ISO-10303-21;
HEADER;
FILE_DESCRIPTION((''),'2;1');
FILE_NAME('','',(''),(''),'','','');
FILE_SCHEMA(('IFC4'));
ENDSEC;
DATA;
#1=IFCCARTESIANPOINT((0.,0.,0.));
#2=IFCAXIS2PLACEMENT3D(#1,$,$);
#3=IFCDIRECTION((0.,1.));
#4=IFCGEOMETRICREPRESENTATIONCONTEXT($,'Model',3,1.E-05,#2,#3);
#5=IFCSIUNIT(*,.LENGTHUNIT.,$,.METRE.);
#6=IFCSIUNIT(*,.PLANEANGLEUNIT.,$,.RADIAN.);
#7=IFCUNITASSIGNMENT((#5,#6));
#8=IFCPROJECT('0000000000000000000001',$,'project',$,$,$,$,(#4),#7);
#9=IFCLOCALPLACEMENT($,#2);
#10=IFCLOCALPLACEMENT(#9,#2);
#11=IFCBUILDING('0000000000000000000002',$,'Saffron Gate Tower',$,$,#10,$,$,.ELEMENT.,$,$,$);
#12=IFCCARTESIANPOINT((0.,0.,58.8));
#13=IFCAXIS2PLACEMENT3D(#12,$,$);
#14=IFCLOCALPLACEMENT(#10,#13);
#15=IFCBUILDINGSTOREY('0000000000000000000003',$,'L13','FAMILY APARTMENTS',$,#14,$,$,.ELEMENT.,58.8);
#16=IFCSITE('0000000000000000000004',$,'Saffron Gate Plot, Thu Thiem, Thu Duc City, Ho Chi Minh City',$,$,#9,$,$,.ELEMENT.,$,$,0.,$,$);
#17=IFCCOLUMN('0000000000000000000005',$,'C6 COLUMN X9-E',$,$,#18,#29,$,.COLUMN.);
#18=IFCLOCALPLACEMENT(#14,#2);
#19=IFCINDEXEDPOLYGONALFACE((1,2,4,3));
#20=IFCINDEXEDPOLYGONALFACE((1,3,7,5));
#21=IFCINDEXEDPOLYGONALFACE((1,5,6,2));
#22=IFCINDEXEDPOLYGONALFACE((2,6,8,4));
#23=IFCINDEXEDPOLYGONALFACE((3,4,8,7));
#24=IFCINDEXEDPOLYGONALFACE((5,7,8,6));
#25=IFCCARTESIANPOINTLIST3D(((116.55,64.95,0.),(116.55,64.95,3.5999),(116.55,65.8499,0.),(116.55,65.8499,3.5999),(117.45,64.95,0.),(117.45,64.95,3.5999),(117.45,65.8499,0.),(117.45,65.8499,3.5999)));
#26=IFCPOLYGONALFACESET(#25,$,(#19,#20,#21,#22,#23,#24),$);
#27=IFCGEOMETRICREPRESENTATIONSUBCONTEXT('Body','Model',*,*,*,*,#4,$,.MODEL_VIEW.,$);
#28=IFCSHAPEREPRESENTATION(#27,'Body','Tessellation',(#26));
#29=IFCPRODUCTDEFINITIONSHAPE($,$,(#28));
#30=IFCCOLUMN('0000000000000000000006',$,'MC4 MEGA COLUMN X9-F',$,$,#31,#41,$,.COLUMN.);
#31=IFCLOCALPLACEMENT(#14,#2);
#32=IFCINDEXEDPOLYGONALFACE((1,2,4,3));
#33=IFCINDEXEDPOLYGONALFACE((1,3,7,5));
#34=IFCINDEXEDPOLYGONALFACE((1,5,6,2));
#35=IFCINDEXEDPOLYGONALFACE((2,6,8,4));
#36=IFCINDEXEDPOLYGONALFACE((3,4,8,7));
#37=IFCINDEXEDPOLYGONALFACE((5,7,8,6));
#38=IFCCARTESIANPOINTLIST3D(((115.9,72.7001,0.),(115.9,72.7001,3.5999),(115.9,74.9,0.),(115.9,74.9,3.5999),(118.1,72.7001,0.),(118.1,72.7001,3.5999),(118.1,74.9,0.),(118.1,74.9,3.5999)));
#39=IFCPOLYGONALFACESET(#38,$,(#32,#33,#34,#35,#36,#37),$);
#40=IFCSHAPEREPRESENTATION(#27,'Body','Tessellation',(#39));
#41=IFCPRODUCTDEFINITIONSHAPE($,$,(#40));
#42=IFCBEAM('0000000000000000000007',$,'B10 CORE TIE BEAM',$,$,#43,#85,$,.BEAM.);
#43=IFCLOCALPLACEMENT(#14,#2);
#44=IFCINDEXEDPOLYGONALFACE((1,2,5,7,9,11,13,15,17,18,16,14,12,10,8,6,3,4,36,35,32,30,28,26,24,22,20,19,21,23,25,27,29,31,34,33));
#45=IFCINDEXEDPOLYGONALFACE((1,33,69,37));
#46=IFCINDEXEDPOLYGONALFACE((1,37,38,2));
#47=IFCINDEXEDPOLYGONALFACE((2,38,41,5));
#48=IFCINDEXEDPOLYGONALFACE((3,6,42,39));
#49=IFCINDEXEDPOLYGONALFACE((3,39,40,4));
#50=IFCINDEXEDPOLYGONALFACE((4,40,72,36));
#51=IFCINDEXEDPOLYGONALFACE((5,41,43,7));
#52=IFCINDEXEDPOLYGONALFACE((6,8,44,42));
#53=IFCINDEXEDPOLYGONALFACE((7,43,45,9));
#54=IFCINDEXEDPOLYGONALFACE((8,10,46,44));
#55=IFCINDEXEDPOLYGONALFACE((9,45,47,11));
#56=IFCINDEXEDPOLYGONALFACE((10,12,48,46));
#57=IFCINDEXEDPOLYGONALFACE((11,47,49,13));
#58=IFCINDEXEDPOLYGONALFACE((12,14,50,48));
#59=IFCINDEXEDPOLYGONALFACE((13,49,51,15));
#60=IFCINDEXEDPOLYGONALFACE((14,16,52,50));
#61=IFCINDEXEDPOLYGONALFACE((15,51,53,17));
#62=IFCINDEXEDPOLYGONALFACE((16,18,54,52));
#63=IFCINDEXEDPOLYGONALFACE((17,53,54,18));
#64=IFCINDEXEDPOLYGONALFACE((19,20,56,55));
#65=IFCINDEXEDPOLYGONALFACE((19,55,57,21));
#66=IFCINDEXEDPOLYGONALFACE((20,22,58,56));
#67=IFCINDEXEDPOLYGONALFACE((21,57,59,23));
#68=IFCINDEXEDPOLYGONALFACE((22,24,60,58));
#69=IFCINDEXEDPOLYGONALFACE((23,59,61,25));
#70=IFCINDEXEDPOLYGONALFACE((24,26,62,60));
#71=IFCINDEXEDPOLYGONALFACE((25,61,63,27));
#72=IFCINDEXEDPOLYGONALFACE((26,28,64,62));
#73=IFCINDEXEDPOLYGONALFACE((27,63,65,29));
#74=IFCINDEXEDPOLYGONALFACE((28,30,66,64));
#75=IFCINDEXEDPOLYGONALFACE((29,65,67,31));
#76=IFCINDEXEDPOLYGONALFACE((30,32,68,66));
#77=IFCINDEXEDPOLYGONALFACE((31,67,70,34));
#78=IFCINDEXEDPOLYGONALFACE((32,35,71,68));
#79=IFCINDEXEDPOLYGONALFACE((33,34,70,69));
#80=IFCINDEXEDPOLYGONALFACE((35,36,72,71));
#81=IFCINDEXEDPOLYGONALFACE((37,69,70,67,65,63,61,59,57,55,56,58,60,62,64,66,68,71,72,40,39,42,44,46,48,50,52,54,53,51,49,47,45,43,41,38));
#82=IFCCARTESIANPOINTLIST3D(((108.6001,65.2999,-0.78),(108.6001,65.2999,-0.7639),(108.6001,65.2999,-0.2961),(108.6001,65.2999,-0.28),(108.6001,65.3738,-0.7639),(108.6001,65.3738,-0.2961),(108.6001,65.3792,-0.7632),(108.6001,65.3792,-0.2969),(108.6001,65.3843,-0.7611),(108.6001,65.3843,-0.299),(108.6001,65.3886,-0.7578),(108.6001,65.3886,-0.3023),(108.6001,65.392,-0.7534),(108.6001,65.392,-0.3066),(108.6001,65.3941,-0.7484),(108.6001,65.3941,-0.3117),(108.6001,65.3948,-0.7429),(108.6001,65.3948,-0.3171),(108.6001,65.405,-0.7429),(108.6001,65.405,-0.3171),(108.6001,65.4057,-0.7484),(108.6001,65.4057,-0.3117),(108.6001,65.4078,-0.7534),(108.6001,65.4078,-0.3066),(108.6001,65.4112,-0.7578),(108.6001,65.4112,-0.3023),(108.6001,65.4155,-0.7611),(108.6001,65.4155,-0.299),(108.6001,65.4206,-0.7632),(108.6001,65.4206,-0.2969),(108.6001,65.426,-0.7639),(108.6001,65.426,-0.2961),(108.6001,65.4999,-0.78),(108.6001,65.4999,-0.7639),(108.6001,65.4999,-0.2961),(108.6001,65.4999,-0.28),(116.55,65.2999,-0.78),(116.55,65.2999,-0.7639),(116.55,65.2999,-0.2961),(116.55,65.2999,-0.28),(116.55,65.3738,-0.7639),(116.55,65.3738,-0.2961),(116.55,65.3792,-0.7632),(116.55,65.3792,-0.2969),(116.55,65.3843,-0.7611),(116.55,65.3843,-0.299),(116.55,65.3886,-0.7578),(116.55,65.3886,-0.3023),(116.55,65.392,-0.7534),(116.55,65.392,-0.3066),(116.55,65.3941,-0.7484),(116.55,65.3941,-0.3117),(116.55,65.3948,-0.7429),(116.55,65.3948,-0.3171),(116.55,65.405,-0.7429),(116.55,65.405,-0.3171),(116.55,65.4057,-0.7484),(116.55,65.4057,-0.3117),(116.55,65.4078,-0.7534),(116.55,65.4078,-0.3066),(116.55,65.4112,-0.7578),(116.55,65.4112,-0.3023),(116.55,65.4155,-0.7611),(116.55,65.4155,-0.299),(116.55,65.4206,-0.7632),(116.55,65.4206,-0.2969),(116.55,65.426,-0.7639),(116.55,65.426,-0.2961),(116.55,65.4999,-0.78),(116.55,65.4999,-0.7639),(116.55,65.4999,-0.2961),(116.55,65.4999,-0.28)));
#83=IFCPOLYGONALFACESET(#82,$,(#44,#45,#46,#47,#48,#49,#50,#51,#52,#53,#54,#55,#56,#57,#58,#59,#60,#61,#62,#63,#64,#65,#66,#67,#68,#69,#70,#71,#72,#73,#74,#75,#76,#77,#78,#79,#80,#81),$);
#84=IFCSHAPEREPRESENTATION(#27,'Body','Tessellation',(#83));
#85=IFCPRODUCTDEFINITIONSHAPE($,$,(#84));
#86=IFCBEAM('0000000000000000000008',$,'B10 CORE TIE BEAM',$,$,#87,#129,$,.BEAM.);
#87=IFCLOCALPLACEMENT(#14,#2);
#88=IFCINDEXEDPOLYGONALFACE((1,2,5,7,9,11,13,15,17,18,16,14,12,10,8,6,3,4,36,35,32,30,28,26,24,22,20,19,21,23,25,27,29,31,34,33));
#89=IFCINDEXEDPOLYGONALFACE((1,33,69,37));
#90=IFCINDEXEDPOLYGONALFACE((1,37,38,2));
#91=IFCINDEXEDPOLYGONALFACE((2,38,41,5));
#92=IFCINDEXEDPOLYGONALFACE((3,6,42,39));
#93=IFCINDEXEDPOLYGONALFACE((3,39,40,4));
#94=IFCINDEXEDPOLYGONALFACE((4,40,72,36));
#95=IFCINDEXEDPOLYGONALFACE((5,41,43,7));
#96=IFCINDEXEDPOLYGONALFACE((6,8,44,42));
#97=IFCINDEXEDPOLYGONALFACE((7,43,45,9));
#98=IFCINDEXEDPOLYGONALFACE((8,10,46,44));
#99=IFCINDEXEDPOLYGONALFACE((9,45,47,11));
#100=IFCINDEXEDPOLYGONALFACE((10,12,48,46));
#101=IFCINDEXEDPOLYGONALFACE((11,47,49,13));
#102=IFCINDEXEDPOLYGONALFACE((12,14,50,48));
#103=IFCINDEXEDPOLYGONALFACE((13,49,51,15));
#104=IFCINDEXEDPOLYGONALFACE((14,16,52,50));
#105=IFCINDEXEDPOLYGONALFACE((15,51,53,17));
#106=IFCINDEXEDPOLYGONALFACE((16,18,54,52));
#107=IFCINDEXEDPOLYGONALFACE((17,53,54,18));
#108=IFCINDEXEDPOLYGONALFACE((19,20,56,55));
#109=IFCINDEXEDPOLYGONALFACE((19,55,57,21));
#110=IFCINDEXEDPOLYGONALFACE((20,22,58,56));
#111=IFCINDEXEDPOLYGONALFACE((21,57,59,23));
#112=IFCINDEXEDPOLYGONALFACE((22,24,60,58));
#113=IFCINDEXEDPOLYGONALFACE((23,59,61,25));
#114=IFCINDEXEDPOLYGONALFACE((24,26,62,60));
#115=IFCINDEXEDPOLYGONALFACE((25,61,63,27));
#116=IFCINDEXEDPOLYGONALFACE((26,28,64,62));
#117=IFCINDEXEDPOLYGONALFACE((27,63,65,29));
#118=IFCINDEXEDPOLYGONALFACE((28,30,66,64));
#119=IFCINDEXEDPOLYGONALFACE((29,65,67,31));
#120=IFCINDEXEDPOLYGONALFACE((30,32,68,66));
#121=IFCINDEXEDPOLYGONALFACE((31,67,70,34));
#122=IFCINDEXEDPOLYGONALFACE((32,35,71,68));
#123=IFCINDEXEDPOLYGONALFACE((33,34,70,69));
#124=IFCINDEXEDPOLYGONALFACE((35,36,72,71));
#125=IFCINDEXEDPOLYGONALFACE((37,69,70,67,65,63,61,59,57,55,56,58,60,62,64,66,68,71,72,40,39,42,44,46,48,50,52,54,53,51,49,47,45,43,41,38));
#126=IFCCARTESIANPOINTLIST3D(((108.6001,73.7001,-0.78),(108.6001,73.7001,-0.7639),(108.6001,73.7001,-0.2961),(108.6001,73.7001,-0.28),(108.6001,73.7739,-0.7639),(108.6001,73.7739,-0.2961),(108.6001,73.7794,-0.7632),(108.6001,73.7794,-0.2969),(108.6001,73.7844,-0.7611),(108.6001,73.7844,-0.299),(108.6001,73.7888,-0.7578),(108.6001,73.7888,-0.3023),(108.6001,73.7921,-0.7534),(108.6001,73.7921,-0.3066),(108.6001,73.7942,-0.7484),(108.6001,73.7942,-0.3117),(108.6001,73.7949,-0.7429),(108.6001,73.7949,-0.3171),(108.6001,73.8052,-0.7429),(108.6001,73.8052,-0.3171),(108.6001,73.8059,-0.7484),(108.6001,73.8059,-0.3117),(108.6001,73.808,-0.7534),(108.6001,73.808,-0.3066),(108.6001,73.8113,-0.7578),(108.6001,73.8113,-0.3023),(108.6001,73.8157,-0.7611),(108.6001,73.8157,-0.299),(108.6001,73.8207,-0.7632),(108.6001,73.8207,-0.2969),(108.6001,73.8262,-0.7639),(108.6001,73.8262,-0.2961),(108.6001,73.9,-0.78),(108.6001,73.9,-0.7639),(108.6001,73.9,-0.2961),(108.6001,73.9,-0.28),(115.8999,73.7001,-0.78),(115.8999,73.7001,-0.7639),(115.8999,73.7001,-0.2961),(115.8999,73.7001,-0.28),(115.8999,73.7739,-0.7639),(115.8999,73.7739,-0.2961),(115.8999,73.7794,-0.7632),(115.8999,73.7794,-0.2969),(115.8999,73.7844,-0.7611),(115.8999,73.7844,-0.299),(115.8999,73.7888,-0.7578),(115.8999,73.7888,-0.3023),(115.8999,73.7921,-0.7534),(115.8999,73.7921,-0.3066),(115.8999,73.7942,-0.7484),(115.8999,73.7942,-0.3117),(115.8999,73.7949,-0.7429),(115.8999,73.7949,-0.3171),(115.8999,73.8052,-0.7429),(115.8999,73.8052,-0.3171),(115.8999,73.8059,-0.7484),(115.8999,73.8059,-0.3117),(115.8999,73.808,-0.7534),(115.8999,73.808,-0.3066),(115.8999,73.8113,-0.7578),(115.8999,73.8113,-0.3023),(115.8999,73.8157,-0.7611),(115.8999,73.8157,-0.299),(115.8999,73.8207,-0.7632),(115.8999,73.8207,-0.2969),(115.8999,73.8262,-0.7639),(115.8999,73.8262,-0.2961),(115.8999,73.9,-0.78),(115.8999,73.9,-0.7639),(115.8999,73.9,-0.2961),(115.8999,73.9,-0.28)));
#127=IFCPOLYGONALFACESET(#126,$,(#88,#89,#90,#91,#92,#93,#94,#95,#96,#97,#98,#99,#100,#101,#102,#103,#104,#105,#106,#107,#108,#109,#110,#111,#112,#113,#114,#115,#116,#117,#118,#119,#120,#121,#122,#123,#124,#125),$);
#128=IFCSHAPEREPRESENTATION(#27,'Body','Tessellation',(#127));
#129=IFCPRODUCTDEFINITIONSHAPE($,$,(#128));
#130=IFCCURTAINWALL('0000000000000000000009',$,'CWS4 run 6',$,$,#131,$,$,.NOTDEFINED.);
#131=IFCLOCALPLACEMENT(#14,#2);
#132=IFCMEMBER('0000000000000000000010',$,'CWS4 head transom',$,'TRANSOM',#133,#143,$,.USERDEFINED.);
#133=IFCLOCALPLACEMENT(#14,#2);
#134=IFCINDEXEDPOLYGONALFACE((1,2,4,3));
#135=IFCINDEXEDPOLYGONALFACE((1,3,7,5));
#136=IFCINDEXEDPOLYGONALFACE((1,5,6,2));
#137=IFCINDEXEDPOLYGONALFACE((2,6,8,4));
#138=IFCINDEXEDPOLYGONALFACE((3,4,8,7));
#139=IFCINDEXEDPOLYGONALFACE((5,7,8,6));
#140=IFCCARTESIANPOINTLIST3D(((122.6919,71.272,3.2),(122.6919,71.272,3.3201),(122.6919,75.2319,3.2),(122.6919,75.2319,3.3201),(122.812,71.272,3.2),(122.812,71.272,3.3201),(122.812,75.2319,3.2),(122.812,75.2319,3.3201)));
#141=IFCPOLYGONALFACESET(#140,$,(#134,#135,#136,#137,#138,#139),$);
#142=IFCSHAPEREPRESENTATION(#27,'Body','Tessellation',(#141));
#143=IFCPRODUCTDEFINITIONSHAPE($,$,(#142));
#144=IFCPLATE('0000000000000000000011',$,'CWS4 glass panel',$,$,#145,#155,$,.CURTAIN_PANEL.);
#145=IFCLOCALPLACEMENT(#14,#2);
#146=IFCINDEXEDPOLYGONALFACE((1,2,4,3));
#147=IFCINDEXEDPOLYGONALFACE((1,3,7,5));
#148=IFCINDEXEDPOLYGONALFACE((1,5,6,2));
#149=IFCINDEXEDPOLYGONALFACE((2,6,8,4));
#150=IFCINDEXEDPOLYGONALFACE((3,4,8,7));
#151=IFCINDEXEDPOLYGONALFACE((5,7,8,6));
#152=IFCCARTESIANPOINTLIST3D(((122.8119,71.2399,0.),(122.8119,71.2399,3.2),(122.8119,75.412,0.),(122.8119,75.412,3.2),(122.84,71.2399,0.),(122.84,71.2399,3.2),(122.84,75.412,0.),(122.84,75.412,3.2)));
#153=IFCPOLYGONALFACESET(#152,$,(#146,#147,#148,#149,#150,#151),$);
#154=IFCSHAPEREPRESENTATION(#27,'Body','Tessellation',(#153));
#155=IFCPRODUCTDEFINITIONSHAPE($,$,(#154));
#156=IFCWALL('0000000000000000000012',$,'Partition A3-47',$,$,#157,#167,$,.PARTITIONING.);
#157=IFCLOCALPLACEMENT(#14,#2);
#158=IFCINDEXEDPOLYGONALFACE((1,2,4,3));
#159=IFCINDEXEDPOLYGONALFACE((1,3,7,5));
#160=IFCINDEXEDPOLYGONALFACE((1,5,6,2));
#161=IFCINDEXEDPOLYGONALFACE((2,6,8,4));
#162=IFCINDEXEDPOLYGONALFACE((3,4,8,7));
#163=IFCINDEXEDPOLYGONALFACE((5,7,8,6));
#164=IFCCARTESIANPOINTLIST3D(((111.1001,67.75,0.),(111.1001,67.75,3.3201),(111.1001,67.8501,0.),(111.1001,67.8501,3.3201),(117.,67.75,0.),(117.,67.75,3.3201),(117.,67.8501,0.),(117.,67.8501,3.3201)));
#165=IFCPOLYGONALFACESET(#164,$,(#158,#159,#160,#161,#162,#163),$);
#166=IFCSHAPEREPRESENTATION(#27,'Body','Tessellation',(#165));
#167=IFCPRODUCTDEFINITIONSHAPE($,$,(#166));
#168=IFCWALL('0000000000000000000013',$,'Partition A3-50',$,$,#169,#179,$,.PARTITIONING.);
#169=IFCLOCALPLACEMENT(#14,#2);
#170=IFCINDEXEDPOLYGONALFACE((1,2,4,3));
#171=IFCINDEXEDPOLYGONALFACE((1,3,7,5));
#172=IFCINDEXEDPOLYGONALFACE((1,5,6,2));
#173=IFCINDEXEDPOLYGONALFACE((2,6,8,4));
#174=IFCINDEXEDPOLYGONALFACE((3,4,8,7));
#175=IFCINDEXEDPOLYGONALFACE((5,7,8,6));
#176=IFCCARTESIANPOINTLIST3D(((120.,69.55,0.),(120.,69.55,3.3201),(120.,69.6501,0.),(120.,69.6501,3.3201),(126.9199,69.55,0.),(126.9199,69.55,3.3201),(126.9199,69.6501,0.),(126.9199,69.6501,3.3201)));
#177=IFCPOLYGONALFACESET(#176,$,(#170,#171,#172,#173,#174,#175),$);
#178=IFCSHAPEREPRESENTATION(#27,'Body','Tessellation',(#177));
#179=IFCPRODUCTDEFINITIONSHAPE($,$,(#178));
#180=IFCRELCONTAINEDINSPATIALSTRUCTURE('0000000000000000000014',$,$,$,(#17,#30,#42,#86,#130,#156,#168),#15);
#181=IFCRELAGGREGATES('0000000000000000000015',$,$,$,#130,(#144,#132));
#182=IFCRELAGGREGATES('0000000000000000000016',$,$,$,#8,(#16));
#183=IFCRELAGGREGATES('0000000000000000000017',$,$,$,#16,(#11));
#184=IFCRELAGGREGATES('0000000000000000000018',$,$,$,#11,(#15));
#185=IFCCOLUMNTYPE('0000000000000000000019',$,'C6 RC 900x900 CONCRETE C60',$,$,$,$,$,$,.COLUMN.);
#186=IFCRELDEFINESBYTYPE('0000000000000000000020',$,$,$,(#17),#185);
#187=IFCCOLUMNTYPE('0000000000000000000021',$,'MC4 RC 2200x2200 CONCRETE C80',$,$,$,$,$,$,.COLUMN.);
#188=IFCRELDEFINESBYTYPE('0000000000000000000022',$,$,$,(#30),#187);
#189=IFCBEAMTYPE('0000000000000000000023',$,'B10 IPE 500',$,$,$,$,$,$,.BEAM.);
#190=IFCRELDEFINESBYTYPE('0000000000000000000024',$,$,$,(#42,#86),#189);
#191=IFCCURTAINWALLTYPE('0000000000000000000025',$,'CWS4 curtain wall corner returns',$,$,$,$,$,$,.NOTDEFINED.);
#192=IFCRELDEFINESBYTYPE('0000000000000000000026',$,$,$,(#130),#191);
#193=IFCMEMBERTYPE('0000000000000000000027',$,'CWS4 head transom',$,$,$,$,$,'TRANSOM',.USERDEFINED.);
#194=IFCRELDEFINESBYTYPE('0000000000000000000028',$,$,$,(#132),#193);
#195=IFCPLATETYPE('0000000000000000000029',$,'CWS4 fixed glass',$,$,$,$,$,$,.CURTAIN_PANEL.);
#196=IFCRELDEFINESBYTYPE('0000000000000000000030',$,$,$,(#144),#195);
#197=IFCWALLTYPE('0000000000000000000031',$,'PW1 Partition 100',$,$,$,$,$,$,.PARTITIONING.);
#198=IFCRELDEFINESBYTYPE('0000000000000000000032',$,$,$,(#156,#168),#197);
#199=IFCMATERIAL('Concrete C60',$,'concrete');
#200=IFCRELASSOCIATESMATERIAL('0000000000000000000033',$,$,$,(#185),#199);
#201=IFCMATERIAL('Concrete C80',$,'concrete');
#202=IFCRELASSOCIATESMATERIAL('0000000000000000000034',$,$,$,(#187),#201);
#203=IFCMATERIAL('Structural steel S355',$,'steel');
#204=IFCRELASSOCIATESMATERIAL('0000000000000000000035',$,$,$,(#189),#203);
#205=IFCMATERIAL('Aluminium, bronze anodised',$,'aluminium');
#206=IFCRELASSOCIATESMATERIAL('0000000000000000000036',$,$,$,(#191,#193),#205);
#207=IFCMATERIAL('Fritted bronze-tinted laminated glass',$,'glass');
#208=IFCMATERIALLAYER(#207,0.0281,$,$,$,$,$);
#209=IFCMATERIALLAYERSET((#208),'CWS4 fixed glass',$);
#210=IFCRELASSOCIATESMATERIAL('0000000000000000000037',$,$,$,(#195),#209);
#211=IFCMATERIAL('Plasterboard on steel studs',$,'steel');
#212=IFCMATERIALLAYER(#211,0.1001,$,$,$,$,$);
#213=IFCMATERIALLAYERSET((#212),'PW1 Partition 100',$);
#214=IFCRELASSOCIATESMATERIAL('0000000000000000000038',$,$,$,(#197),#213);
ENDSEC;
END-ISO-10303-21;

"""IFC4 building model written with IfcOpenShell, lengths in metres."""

from ifc_helpers import new_model, si_unit, direction, frame, frame_2d, origin, origin_2d, place, context, subcontext, project, spatial, rectangle, i_section, extrude, material, layer, layer_set, material_profile, profile_set, type_object, element, aggregate, save


model = new_model("IFC4")

# Units and contexts
model_context = context("Model", 3, precision=1e-05, world=origin(), true_north=direction((0.0, 1.0)))
body_context = subcontext(model_context, "Body", "Model", "MODEL_VIEW")
ifc_project = project(units=[si_unit("LENGTHUNIT", "METRE"), si_unit("PLANEANGLEUNIT", "RADIAN")], contexts=[model_context])

# Site, building, storey
site_placement = place(None, origin())
site = spatial("IfcSite", under=ifc_project, at=site_placement, Name="Saffron Gate Plot, Thu Thiem, Thu Duc City, Ho Chi Minh City", CompositionType="ELEMENT", RefElevation=0.0)
building_placement = place(site_placement, origin())
building = spatial("IfcBuilding", under=site, at=building_placement, Name="Saffron Gate Tower", CompositionType="ELEMENT")
storey_placement = place(building_placement, frame((0.0, 0.0, 58.8)))
storey = spatial("IfcBuildingStorey", under=building, at=storey_placement, Name="L13", Description="FAMILY APARTMENTS", CompositionType="ELEMENT", Elevation=58.8)

# Columns
ifc_material_1 = material(Name="Concrete C60", Category="concrete")
ifc_material_profile_1 = material_profile(ifc_material_1, rectangle(XDim=0.8999, YDim=0.8999, at=origin_2d()))
ifc_profile_set_1 = profile_set([ifc_material_profile_1], Name="Concrete C60")
column_type_1 = type_object("IfcColumnType", Name="C6 RC 900x900 CONCRETE C60", PredefinedType="COLUMN", material=ifc_profile_set_1)
column_1_placement = place(storey_placement, frame((117.0, 65.3999, 0.0), z_axis=(0.0, 0.0, 1.0), x_axis=(1.0, 0.0, 0.0)))
element("IfcColumn", 1, at=column_1_placement, inside=storey, type_object=column_type_1, Name="C6 COLUMN X9-E", PredefinedType="COLUMN", context=body_context, shape_type="SweptSolid", body=[
    extrude(rectangle(XDim=0.8999, YDim=0.8999, at=origin_2d()), origin(), (0.0, 0.0, 1.0), 3.5999),
])
ifc_material_2 = material(Name="Concrete C80", Category="concrete")
ifc_material_profile_2 = material_profile(ifc_material_2, rectangle(XDim=2.2, YDim=2.2, at=origin_2d()))
ifc_profile_set_2 = profile_set([ifc_material_profile_2], Name="Concrete C80")
column_type_2 = type_object("IfcColumnType", Name="MC4 RC 2200x2200 CONCRETE C80", PredefinedType="COLUMN", material=ifc_profile_set_2)
column_2_placement = place(storey_placement, frame((117.0, 73.8, 0.0), z_axis=(0.0, 0.0, 1.0), x_axis=(1.0, 0.0, 0.0)))
element("IfcColumn", 2, at=column_2_placement, inside=storey, type_object=column_type_2, Name="MC4 MEGA COLUMN X9-F", PredefinedType="COLUMN", context=body_context, shape_type="SweptSolid", body=[
    extrude(rectangle(XDim=2.2, YDim=2.2, at=origin_2d()), origin(), (0.0, 0.0, 1.0), 3.5999),
])

# Beams
ifc_material_3 = material(Name="Structural steel S355", Category="steel")
ifc_material_profile_3 = material_profile(ifc_material_3, i_section(OverallWidth=0.2, OverallDepth=0.5, WebThickness=0.0103, FlangeThickness=0.0161, FilletRadius=0.021, at=origin_2d()))
ifc_profile_set_3 = profile_set([ifc_material_profile_3], Name="Structural steel S355")
beam_type = type_object("IfcBeamType", Name="B10 IPE 500", PredefinedType="BEAM", material=ifc_profile_set_3)
beam_1_placement = place(storey_placement, frame((116.55, 65.3999, -0.53), z_axis=(-1.0, 0.0, 0.0), x_axis=(0.0, -1.0, 0.0)))
element("IfcBeam", 3, at=beam_1_placement, inside=storey, type_object=beam_type, Name="B10 CORE TIE BEAM", PredefinedType="BEAM", context=body_context, shape_type="SweptSolid", body=[
    extrude(i_section(OverallWidth=0.2, OverallDepth=0.5, WebThickness=0.0103, FlangeThickness=0.0161, FilletRadius=0.021, at=origin_2d()), origin(), (0.0, 0.0, 1.0), 7.95),
])
beam_2_placement = place(storey_placement, frame((115.8999, 73.8, -0.53), z_axis=(-1.0, 0.0, 0.0), x_axis=(0.0, -1.0, 0.0)))
element("IfcBeam", 4, at=beam_2_placement, inside=storey, type_object=beam_type, Name="B10 CORE TIE BEAM", PredefinedType="BEAM", context=body_context, shape_type="SweptSolid", body=[
    extrude(i_section(OverallWidth=0.2, OverallDepth=0.5, WebThickness=0.0103, FlangeThickness=0.0161, FilletRadius=0.021, at=origin_2d()), origin(), (0.0, 0.0, 1.0), 7.2998),
])

# Curtain wall, member, plate
ifc_material_4 = material(Name="Aluminium, bronze anodised", Category="aluminium")
curtain_wall_type = type_object("IfcCurtainWallType", Name="CWS4 curtain wall corner returns", PredefinedType="NOTDEFINED", material=ifc_material_4)
curtain_wall_placement = place(storey_placement, origin())
curtain_wall = element("IfcCurtainWall", 5, at=curtain_wall_placement, inside=storey, type_object=curtain_wall_type, Name="CWS4 run 6", PredefinedType="NOTDEFINED")
ifc_material_profile_4 = material_profile(ifc_material_4, rectangle(XDim=0.1201, YDim=0.1201, at=origin_2d()))
ifc_profile_set_4 = profile_set([ifc_material_profile_4], Name="Aluminium, bronze anodised")
member_type = type_object("IfcMemberType", Name="CWS4 head transom", ElementType="TRANSOM", PredefinedType="USERDEFINED", material=ifc_profile_set_4)
member_placement = place(storey_placement, frame((122.752, 71.272, 3.26), z_axis=(0.0, 1.0, 0.0), x_axis=(-1.0, 0.0, 0.0)))
member = element("IfcMember", 6, at=member_placement, type_object=member_type, Name="CWS4 head transom", ObjectType="TRANSOM", PredefinedType="USERDEFINED", context=body_context, shape_type="SweptSolid", body=[
    extrude(rectangle(XDim=0.1201, YDim=0.1201, at=origin_2d()), origin(), (0.0, 0.0, 1.0), 3.96),
])
ifc_material_5 = material(Name="Fritted bronze-tinted laminated glass", Category="glass")
ifc_layer_1 = layer(ifc_material_5, 0.0281)
ifc_layer_set_1 = layer_set([ifc_layer_1], Name="CWS4 fixed glass")
plate_type = type_object("IfcPlateType", Name="CWS4 fixed glass", PredefinedType="CURTAIN_PANEL", material=ifc_layer_set_1)
plate_placement = place(storey_placement, frame((122.8259, 71.24, 0.0), z_axis=(0.0, 0.0, 1.0), x_axis=(0.0, 1.0, 0.0)))
plate = element("IfcPlate", 7, at=plate_placement, type_object=plate_type, Name="CWS4 glass panel", PredefinedType="CURTAIN_PANEL", context=body_context, shape_type="SweptSolid", body=[
    extrude(rectangle(XDim=4.1721, YDim=0.0281, at=frame_2d((2.0859, 0.0))), origin(), (0.0, 0.0, 1.0), 3.2),
])
aggregate(curtain_wall, [plate, member])

# Walls
ifc_material_6 = material(Name="Plasterboard on steel studs", Category="steel")
ifc_layer_2 = layer(ifc_material_6, 0.1001)
ifc_layer_set_2 = layer_set([ifc_layer_2], Name="PW1 Partition 100")
wall_type_1 = type_object("IfcWallType", Name="PW1 Partition 100", PredefinedType="PARTITIONING", material=ifc_layer_set_2)
wall_1_placement = place(storey_placement, frame((111.1001, 67.8, 0.0), z_axis=(0.0, 0.0, 1.0), x_axis=(1.0, 0.0, 0.0)))
element("IfcWall", 8, at=wall_1_placement, inside=storey, type_object=wall_type_1, Name="Partition A3-47", PredefinedType="PARTITIONING", context=body_context, shape_type="SweptSolid", body=[
    extrude(rectangle(XDim=5.8999, YDim=0.1001, at=frame_2d((2.95, 0.0))), origin(), (0.0, 0.0, 1.0), 3.3201),
])
wall_2_placement = place(storey_placement, frame((120.0, 69.6001, 0.0), z_axis=(0.0, 0.0, 1.0), x_axis=(1.0, 0.0, 0.0)))
element("IfcWall", 9, at=wall_2_placement, inside=storey, type_object=wall_type_1, Name="Partition A3-50", PredefinedType="PARTITIONING", context=body_context, shape_type="SweptSolid", body=[
    extrude(rectangle(XDim=6.9199, YDim=0.1001, at=frame_2d((3.46, 0.0))), origin(), (0.0, 0.0, 1.0), 3.3201),
])

save(model, "model.ifc")
